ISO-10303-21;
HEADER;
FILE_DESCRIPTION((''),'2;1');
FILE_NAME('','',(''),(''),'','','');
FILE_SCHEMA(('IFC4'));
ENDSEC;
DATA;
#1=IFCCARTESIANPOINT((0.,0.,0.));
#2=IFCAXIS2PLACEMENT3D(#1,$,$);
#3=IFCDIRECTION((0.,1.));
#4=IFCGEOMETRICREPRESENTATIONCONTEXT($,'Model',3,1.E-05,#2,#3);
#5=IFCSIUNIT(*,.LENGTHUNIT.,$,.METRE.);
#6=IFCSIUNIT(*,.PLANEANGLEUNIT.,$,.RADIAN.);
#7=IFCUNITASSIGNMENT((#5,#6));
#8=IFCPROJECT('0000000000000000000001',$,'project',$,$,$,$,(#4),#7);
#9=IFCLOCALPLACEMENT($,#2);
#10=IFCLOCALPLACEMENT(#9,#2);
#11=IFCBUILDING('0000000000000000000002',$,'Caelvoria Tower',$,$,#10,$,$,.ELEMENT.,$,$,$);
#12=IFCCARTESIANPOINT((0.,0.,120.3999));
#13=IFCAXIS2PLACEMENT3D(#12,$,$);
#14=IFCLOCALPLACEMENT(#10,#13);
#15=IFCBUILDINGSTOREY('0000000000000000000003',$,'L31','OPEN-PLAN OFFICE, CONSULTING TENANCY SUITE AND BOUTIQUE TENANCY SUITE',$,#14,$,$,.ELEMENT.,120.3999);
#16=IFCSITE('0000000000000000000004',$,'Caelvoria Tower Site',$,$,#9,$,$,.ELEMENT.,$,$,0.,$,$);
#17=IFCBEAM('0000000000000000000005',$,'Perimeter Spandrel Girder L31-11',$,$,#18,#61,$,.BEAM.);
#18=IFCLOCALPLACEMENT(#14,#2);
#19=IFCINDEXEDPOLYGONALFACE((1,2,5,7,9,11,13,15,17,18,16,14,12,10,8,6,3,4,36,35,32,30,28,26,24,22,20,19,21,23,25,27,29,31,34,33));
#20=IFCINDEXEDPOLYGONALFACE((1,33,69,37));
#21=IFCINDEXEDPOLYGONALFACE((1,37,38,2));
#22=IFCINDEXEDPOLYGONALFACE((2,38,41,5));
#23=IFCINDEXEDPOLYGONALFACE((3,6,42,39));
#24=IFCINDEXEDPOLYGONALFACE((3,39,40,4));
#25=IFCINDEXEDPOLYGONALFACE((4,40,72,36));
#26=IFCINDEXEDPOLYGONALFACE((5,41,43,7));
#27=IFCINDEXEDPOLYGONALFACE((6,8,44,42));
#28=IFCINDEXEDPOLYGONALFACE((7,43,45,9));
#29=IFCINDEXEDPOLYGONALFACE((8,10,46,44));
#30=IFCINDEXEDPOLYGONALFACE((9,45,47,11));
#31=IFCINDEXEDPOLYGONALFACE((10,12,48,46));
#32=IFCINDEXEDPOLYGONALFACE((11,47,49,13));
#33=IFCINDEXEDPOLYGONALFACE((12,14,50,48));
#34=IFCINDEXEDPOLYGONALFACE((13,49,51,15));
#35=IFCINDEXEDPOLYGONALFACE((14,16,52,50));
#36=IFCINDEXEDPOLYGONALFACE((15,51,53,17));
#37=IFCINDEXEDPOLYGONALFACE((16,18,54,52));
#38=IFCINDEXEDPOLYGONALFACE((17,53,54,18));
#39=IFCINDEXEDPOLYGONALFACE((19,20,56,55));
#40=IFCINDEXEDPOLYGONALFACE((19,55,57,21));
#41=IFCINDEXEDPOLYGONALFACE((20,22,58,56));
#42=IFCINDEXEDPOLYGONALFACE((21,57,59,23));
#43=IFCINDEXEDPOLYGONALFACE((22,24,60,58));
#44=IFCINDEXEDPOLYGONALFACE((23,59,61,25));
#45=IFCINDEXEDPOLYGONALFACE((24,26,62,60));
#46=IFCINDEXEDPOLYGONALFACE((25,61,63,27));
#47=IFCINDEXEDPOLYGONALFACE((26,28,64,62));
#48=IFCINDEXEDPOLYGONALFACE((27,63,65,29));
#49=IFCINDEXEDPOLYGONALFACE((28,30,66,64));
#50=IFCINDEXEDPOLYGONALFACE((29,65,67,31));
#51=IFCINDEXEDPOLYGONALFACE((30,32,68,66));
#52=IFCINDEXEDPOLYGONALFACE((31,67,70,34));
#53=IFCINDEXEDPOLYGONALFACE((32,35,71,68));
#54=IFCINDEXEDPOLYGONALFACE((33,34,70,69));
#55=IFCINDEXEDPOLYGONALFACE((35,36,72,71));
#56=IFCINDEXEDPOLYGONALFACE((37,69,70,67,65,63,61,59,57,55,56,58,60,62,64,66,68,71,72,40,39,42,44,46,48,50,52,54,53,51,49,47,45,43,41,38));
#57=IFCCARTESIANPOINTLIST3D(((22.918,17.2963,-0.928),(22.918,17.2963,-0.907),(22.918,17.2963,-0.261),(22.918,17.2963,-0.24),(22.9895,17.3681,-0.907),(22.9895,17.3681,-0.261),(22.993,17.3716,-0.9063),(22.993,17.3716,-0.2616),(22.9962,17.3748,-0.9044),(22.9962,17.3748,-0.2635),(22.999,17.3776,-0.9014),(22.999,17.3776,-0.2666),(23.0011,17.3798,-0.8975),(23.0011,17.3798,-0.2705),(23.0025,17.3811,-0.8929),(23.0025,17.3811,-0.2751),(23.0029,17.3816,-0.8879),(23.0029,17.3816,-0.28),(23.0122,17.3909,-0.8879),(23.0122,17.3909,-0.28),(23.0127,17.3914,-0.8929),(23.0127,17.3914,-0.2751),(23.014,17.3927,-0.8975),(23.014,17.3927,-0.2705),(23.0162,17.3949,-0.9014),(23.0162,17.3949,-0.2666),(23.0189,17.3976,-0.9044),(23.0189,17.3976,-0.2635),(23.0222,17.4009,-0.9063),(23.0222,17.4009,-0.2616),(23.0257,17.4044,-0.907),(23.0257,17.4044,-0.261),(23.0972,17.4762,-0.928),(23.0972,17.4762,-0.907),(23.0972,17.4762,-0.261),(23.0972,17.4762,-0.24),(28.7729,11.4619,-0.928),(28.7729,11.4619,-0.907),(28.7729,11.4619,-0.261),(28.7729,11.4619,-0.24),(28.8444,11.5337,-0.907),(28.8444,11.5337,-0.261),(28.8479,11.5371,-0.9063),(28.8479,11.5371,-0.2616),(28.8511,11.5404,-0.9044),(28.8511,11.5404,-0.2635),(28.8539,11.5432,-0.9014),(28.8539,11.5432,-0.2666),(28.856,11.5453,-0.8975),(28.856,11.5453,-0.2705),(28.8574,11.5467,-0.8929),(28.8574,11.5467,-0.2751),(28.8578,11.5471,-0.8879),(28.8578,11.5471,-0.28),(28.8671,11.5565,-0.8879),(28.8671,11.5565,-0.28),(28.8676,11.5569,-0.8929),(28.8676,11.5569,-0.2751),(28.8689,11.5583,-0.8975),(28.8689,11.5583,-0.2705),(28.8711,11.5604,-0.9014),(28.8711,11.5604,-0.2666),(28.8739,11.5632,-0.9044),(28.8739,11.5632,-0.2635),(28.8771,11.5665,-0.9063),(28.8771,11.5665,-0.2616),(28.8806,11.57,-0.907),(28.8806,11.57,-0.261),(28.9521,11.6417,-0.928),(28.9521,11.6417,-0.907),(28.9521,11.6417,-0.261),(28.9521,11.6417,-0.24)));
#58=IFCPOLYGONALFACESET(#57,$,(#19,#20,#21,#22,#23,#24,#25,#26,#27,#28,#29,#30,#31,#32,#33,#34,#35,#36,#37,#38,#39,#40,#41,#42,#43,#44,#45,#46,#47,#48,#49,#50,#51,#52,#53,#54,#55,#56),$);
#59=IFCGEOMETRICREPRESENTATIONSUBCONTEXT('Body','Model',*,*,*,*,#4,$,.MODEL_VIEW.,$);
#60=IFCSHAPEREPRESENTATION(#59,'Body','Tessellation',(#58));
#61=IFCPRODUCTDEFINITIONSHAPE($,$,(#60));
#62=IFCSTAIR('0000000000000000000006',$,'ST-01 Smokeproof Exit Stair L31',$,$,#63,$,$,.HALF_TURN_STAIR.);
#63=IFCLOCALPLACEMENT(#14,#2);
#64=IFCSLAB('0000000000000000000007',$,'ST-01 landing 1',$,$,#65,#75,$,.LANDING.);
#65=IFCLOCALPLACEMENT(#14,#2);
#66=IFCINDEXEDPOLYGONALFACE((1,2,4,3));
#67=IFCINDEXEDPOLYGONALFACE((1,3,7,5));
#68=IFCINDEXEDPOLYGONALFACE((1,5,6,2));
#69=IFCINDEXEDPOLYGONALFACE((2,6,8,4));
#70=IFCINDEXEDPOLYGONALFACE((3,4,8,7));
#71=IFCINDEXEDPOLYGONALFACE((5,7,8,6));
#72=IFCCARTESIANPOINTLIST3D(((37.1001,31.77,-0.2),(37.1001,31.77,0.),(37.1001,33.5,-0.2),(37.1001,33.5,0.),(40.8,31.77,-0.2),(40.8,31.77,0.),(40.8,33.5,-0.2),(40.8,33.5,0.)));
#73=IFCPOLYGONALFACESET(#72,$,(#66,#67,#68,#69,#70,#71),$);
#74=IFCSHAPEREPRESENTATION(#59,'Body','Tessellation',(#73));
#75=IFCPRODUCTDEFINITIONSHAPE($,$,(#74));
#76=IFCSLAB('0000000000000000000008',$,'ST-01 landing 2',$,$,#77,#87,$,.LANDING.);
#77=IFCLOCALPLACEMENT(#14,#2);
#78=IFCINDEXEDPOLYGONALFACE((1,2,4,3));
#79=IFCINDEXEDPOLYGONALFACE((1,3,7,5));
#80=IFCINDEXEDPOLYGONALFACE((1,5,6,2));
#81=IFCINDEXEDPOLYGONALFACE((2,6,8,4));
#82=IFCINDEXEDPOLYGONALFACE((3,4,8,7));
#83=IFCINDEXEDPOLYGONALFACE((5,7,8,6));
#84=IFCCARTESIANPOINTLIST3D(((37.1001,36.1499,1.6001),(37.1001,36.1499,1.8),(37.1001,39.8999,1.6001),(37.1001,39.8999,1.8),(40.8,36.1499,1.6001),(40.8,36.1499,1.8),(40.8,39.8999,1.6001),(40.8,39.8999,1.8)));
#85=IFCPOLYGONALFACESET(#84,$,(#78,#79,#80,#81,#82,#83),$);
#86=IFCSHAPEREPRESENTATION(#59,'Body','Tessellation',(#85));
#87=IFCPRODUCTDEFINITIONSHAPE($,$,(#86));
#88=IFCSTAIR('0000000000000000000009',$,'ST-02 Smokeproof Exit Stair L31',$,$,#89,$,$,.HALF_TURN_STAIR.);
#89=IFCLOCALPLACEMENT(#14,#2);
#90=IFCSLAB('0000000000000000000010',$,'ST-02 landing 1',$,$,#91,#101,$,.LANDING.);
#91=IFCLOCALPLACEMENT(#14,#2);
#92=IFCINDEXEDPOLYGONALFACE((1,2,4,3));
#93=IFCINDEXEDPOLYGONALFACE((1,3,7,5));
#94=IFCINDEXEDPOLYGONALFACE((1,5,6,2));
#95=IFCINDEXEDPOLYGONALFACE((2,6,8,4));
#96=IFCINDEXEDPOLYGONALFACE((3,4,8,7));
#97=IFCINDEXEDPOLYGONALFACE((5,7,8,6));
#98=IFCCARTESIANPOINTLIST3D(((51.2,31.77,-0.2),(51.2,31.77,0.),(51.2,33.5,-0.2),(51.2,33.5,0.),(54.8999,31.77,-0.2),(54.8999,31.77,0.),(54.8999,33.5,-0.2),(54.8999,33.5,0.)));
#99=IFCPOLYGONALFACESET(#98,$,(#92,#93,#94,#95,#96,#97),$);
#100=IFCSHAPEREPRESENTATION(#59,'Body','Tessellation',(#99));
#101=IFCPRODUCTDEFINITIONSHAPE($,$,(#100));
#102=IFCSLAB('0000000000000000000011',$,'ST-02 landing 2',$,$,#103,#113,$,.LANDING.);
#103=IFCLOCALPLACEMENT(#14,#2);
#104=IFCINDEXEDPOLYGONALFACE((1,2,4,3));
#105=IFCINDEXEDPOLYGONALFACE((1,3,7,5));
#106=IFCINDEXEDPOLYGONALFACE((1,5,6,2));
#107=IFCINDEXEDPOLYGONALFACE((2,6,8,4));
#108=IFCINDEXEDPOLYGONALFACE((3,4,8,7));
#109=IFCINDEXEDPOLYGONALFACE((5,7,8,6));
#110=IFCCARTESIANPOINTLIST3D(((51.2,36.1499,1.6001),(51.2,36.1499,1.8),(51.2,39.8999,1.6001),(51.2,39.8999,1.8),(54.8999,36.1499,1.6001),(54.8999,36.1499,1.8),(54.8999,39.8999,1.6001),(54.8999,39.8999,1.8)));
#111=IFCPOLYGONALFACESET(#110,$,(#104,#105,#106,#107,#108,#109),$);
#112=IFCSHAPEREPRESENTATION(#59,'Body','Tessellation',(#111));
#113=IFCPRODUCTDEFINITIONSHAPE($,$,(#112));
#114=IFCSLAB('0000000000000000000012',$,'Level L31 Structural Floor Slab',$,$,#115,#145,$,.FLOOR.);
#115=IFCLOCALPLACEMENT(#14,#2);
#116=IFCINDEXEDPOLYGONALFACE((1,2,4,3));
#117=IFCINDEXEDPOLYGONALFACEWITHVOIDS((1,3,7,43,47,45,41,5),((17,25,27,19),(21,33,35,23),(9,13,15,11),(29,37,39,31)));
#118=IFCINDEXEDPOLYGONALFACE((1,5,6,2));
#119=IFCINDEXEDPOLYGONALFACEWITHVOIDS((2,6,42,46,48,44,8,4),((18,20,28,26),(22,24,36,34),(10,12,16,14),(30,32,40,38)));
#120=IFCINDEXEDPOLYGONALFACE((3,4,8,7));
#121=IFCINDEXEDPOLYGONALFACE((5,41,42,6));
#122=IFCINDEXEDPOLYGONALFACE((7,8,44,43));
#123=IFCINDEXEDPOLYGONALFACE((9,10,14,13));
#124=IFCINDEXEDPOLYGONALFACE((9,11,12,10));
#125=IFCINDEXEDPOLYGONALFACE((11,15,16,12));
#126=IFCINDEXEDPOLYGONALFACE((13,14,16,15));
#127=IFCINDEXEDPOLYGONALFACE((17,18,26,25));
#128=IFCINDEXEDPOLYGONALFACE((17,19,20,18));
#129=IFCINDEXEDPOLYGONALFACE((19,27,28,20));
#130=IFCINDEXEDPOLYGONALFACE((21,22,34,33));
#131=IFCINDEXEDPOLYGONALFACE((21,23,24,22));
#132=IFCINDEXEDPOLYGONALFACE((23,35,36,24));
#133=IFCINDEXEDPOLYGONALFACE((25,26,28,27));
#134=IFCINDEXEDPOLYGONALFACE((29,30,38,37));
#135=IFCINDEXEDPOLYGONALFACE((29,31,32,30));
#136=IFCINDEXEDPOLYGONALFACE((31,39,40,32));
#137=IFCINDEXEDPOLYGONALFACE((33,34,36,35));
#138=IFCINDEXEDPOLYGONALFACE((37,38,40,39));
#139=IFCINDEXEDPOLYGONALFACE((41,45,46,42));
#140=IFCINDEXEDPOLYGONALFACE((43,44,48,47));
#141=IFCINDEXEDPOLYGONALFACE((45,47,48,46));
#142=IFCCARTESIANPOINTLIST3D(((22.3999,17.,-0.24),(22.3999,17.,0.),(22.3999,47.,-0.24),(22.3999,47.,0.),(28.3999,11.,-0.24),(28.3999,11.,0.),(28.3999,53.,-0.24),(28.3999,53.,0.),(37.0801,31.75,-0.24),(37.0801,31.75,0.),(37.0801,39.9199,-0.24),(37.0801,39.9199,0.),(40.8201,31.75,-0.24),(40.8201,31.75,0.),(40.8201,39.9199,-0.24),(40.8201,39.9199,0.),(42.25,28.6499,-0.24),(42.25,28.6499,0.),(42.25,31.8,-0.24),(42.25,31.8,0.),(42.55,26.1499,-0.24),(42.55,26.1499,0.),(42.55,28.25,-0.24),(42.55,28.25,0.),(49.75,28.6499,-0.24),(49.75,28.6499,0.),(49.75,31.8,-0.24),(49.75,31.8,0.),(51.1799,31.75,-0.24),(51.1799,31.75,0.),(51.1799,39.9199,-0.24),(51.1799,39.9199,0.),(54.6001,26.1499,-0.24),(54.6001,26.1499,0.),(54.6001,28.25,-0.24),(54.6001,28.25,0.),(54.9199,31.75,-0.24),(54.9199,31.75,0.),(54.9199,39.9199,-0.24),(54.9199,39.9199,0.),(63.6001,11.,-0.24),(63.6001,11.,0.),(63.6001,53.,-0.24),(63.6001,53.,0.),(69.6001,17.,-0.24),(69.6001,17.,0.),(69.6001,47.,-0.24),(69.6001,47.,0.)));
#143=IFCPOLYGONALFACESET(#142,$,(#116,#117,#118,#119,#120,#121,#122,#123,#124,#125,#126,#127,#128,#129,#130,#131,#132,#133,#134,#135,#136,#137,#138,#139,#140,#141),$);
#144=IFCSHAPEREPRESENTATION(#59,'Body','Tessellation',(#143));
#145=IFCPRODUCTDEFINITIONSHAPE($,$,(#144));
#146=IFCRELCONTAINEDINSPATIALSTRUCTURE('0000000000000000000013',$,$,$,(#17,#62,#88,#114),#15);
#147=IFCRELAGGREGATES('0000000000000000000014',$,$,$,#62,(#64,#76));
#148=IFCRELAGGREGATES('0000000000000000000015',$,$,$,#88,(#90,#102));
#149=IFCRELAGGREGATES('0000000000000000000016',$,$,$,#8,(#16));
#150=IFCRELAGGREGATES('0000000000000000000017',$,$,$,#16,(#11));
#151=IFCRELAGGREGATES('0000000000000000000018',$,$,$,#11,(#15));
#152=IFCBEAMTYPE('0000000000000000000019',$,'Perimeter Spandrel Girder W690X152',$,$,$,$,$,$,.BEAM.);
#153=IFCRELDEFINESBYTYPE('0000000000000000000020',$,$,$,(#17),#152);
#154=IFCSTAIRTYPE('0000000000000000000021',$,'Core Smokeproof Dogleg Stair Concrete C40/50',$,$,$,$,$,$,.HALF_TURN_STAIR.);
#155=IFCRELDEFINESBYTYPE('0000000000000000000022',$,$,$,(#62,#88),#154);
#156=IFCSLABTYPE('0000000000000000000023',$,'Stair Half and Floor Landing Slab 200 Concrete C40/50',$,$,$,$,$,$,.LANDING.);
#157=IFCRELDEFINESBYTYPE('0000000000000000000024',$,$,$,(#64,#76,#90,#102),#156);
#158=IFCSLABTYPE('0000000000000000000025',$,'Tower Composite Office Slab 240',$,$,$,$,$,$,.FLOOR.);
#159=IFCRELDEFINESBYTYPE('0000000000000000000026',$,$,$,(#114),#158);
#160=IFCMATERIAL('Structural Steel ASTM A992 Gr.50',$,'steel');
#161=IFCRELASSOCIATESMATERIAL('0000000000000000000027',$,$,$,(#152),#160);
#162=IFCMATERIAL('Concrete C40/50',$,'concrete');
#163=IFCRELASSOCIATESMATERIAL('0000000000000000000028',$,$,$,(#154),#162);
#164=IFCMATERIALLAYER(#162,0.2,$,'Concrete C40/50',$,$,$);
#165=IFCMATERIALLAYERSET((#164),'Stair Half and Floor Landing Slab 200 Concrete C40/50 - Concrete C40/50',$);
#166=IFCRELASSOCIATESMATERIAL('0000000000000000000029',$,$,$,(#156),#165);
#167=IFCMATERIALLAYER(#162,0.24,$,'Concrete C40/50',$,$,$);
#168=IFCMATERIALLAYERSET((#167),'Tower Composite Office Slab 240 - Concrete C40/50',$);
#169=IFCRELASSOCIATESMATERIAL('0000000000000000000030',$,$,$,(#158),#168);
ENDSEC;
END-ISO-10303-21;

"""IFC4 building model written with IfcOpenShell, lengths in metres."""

from ifc_helpers import new_model, si_unit, direction, frame, origin, origin_2d, place, context, subcontext, project, spatial, polyline, i_section, outline, extrude, material, layer, layer_set, material_profile, profile_set, type_object, element, aggregate, save


model = new_model("IFC4")

# Units and contexts
model_context = context("Model", 3, precision=1e-05, world=origin(), true_north=direction((0.0, 1.0)))
body_context = subcontext(model_context, "Body", "Model", "MODEL_VIEW")
ifc_project = project(units=[si_unit("LENGTHUNIT", "METRE"), si_unit("PLANEANGLEUNIT", "RADIAN")], contexts=[model_context])

# Site, building, storey
site_placement = place(None, origin())
site = spatial("IfcSite", under=ifc_project, at=site_placement, Name="Caelvoria Tower Site", CompositionType="ELEMENT", RefElevation=0.0)
building_placement = place(site_placement, origin())
building = spatial("IfcBuilding", under=site, at=building_placement, Name="Caelvoria Tower", CompositionType="ELEMENT")
storey_placement = place(building_placement, frame((0.0, 0.0, 120.3999)))
storey = spatial("IfcBuildingStorey", under=building, at=storey_placement, Name="L31", Description="OPEN-PLAN OFFICE, CONSULTING TENANCY SUITE AND BOUTIQUE TENANCY SUITE", CompositionType="ELEMENT", Elevation=120.3999)

# Beam
ifc_material_1 = material(Name="Structural Steel ASTM A992 Gr.50", Category="steel")
ifc_material_profile_1 = material_profile(ifc_material_1, i_section(OverallWidth=0.2539, OverallDepth=0.688, WebThickness=0.0132, FlangeThickness=0.021, FilletRadius=0.019, at=origin_2d()), Name="Structural Steel ASTM A992 Gr.50")
ifc_profile_set_1 = profile_set([ifc_material_profile_1], Name="W690X152 - Structural Steel ASTM A992 Gr.50")
beam_type = type_object("IfcBeamType", Name="Perimeter Spandrel Girder W690X152", PredefinedType="BEAM", material=ifc_profile_set_1)
beam_1_placement = place(storey_placement, frame((23.0076, 17.3862, -0.584), z_axis=(0.708346, -0.705865, 0.0), x_axis=(0.705865, 0.708346, 0.0)))
element("IfcBeam", 1, at=beam_1_placement, inside=storey, type_object=beam_type, Name="Perimeter Spandrel Girder L31-11", PredefinedType="BEAM", context=body_context, shape_type="SweptSolid", body=[
    extrude(i_section(OverallWidth=0.2539, OverallDepth=0.688, WebThickness=0.0132, FlangeThickness=0.021, FilletRadius=0.019, at=origin_2d()), origin(), (0.0, 0.0, 1.0), 8.2656),
])

# Stairs, slabs
ifc_material_2 = material(Name="Concrete C40/50", Category="concrete")
stair_type = type_object("IfcStairType", Name="Core Smokeproof Dogleg Stair Concrete C40/50", PredefinedType="HALF_TURN_STAIR", material=ifc_material_2)
stair_1_placement = place(storey_placement, origin())
stair_1 = element("IfcStair", 2, at=stair_1_placement, inside=storey, type_object=stair_type, Name="ST-01 Smokeproof Exit Stair L31", PredefinedType="HALF_TURN_STAIR")
ifc_layer_1 = layer(ifc_material_2, 0.2, Name="Concrete C40/50")
ifc_layer_set_1 = layer_set([ifc_layer_1], Name="Stair Half and Floor Landing Slab 200 Concrete C40/50 - Concrete C40/50")
slab_type_1 = type_object("IfcSlabType", Name="Stair Half and Floor Landing Slab 200 Concrete C40/50", PredefinedType="LANDING", material=ifc_layer_set_1)
slab_1_placement = place(storey_placement, frame((0.0, 0.0, -0.2)))
slab_1 = element("IfcSlab", 3, at=slab_1_placement, type_object=slab_type_1, Name="ST-01 landing 1", PredefinedType="LANDING", context=body_context, shape_type="SweptSolid", body=[
    extrude(outline(polyline([(37.1001, 31.77), (40.8, 31.77), (40.8, 33.5), (37.1001, 33.5), (37.1001, 31.77)])), origin(), (0.0, 0.0, 1.0), 0.2),
])
slab_2_placement = place(storey_placement, frame((0.0, 0.0, 1.6001)))
slab_2 = element("IfcSlab", 4, at=slab_2_placement, type_object=slab_type_1, Name="ST-01 landing 2", PredefinedType="LANDING", context=body_context, shape_type="SweptSolid", body=[
    extrude(outline(polyline([(37.1001, 36.1499), (40.8, 36.1499), (40.8, 39.8999), (37.1001, 39.8999), (37.1001, 36.1499)])), origin(), (0.0, 0.0, 1.0), 0.2),
])
aggregate(stair_1, [slab_1, slab_2])
stair_2_placement = place(storey_placement, origin())
stair_2 = element("IfcStair", 5, at=stair_2_placement, inside=storey, type_object=stair_type, Name="ST-02 Smokeproof Exit Stair L31", PredefinedType="HALF_TURN_STAIR")
slab_3_placement = place(storey_placement, frame((0.0, 0.0, -0.2)))
slab_3 = element("IfcSlab", 6, at=slab_3_placement, type_object=slab_type_1, Name="ST-02 landing 1", PredefinedType="LANDING", context=body_context, shape_type="SweptSolid", body=[
    extrude(outline(polyline([(51.2, 31.77), (54.8999, 31.77), (54.8999, 33.5), (51.2, 33.5), (51.2, 31.77)])), origin(), (0.0, 0.0, 1.0), 0.2),
])
slab_4_placement = place(storey_placement, frame((0.0, 0.0, 1.6001)))
slab_4 = element("IfcSlab", 7, at=slab_4_placement, type_object=slab_type_1, Name="ST-02 landing 2", PredefinedType="LANDING", context=body_context, shape_type="SweptSolid", body=[
    extrude(outline(polyline([(51.2, 36.1499), (54.8999, 36.1499), (54.8999, 39.8999), (51.2, 39.8999), (51.2, 36.1499)])), origin(), (0.0, 0.0, 1.0), 0.2),
])
aggregate(stair_2, [slab_3, slab_4])

# Slab
ifc_layer_2 = layer(ifc_material_2, 0.24, Name="Concrete C40/50")
ifc_layer_set_2 = layer_set([ifc_layer_2], Name="Tower Composite Office Slab 240 - Concrete C40/50")
slab_type_2 = type_object("IfcSlabType", Name="Tower Composite Office Slab 240", PredefinedType="FLOOR", material=ifc_layer_set_2)
slab_5_placement = place(storey_placement, frame((0.0, 0.0, -0.24)))
element("IfcSlab", 8, at=slab_5_placement, inside=storey, type_object=slab_type_2, Name="Level L31 Structural Floor Slab", PredefinedType="FLOOR", context=body_context, shape_type="SweptSolid", body=[
    extrude(outline(polyline([(28.3999, 11.0), (63.6001, 11.0), (69.6001, 17.0), (69.6001, 47.0), (63.6001, 53.0), (28.3999, 53.0), (22.3999, 47.0), (22.3999, 17.0), (28.3999, 11.0)]), holes=[polyline([(37.0801, 31.75), (40.8201, 31.75), (40.8201, 39.9199), (37.0801, 39.9199), (37.0801, 31.75)]), polyline([(51.1799, 31.75), (54.9199, 31.75), (54.9199, 39.9199), (51.1799, 39.9199), (51.1799, 31.75)]), polyline([(42.25, 28.6499), (49.75, 28.6499), (49.75, 31.8), (42.25, 31.8), (42.25, 28.6499)]), polyline([(42.55, 26.1499), (54.6001, 26.1499), (54.6001, 28.25), (42.55, 28.25), (42.55, 26.1499)])]), origin(), (0.0, 0.0, 1.0), 0.24),
])

save(model, "model.ifc")
